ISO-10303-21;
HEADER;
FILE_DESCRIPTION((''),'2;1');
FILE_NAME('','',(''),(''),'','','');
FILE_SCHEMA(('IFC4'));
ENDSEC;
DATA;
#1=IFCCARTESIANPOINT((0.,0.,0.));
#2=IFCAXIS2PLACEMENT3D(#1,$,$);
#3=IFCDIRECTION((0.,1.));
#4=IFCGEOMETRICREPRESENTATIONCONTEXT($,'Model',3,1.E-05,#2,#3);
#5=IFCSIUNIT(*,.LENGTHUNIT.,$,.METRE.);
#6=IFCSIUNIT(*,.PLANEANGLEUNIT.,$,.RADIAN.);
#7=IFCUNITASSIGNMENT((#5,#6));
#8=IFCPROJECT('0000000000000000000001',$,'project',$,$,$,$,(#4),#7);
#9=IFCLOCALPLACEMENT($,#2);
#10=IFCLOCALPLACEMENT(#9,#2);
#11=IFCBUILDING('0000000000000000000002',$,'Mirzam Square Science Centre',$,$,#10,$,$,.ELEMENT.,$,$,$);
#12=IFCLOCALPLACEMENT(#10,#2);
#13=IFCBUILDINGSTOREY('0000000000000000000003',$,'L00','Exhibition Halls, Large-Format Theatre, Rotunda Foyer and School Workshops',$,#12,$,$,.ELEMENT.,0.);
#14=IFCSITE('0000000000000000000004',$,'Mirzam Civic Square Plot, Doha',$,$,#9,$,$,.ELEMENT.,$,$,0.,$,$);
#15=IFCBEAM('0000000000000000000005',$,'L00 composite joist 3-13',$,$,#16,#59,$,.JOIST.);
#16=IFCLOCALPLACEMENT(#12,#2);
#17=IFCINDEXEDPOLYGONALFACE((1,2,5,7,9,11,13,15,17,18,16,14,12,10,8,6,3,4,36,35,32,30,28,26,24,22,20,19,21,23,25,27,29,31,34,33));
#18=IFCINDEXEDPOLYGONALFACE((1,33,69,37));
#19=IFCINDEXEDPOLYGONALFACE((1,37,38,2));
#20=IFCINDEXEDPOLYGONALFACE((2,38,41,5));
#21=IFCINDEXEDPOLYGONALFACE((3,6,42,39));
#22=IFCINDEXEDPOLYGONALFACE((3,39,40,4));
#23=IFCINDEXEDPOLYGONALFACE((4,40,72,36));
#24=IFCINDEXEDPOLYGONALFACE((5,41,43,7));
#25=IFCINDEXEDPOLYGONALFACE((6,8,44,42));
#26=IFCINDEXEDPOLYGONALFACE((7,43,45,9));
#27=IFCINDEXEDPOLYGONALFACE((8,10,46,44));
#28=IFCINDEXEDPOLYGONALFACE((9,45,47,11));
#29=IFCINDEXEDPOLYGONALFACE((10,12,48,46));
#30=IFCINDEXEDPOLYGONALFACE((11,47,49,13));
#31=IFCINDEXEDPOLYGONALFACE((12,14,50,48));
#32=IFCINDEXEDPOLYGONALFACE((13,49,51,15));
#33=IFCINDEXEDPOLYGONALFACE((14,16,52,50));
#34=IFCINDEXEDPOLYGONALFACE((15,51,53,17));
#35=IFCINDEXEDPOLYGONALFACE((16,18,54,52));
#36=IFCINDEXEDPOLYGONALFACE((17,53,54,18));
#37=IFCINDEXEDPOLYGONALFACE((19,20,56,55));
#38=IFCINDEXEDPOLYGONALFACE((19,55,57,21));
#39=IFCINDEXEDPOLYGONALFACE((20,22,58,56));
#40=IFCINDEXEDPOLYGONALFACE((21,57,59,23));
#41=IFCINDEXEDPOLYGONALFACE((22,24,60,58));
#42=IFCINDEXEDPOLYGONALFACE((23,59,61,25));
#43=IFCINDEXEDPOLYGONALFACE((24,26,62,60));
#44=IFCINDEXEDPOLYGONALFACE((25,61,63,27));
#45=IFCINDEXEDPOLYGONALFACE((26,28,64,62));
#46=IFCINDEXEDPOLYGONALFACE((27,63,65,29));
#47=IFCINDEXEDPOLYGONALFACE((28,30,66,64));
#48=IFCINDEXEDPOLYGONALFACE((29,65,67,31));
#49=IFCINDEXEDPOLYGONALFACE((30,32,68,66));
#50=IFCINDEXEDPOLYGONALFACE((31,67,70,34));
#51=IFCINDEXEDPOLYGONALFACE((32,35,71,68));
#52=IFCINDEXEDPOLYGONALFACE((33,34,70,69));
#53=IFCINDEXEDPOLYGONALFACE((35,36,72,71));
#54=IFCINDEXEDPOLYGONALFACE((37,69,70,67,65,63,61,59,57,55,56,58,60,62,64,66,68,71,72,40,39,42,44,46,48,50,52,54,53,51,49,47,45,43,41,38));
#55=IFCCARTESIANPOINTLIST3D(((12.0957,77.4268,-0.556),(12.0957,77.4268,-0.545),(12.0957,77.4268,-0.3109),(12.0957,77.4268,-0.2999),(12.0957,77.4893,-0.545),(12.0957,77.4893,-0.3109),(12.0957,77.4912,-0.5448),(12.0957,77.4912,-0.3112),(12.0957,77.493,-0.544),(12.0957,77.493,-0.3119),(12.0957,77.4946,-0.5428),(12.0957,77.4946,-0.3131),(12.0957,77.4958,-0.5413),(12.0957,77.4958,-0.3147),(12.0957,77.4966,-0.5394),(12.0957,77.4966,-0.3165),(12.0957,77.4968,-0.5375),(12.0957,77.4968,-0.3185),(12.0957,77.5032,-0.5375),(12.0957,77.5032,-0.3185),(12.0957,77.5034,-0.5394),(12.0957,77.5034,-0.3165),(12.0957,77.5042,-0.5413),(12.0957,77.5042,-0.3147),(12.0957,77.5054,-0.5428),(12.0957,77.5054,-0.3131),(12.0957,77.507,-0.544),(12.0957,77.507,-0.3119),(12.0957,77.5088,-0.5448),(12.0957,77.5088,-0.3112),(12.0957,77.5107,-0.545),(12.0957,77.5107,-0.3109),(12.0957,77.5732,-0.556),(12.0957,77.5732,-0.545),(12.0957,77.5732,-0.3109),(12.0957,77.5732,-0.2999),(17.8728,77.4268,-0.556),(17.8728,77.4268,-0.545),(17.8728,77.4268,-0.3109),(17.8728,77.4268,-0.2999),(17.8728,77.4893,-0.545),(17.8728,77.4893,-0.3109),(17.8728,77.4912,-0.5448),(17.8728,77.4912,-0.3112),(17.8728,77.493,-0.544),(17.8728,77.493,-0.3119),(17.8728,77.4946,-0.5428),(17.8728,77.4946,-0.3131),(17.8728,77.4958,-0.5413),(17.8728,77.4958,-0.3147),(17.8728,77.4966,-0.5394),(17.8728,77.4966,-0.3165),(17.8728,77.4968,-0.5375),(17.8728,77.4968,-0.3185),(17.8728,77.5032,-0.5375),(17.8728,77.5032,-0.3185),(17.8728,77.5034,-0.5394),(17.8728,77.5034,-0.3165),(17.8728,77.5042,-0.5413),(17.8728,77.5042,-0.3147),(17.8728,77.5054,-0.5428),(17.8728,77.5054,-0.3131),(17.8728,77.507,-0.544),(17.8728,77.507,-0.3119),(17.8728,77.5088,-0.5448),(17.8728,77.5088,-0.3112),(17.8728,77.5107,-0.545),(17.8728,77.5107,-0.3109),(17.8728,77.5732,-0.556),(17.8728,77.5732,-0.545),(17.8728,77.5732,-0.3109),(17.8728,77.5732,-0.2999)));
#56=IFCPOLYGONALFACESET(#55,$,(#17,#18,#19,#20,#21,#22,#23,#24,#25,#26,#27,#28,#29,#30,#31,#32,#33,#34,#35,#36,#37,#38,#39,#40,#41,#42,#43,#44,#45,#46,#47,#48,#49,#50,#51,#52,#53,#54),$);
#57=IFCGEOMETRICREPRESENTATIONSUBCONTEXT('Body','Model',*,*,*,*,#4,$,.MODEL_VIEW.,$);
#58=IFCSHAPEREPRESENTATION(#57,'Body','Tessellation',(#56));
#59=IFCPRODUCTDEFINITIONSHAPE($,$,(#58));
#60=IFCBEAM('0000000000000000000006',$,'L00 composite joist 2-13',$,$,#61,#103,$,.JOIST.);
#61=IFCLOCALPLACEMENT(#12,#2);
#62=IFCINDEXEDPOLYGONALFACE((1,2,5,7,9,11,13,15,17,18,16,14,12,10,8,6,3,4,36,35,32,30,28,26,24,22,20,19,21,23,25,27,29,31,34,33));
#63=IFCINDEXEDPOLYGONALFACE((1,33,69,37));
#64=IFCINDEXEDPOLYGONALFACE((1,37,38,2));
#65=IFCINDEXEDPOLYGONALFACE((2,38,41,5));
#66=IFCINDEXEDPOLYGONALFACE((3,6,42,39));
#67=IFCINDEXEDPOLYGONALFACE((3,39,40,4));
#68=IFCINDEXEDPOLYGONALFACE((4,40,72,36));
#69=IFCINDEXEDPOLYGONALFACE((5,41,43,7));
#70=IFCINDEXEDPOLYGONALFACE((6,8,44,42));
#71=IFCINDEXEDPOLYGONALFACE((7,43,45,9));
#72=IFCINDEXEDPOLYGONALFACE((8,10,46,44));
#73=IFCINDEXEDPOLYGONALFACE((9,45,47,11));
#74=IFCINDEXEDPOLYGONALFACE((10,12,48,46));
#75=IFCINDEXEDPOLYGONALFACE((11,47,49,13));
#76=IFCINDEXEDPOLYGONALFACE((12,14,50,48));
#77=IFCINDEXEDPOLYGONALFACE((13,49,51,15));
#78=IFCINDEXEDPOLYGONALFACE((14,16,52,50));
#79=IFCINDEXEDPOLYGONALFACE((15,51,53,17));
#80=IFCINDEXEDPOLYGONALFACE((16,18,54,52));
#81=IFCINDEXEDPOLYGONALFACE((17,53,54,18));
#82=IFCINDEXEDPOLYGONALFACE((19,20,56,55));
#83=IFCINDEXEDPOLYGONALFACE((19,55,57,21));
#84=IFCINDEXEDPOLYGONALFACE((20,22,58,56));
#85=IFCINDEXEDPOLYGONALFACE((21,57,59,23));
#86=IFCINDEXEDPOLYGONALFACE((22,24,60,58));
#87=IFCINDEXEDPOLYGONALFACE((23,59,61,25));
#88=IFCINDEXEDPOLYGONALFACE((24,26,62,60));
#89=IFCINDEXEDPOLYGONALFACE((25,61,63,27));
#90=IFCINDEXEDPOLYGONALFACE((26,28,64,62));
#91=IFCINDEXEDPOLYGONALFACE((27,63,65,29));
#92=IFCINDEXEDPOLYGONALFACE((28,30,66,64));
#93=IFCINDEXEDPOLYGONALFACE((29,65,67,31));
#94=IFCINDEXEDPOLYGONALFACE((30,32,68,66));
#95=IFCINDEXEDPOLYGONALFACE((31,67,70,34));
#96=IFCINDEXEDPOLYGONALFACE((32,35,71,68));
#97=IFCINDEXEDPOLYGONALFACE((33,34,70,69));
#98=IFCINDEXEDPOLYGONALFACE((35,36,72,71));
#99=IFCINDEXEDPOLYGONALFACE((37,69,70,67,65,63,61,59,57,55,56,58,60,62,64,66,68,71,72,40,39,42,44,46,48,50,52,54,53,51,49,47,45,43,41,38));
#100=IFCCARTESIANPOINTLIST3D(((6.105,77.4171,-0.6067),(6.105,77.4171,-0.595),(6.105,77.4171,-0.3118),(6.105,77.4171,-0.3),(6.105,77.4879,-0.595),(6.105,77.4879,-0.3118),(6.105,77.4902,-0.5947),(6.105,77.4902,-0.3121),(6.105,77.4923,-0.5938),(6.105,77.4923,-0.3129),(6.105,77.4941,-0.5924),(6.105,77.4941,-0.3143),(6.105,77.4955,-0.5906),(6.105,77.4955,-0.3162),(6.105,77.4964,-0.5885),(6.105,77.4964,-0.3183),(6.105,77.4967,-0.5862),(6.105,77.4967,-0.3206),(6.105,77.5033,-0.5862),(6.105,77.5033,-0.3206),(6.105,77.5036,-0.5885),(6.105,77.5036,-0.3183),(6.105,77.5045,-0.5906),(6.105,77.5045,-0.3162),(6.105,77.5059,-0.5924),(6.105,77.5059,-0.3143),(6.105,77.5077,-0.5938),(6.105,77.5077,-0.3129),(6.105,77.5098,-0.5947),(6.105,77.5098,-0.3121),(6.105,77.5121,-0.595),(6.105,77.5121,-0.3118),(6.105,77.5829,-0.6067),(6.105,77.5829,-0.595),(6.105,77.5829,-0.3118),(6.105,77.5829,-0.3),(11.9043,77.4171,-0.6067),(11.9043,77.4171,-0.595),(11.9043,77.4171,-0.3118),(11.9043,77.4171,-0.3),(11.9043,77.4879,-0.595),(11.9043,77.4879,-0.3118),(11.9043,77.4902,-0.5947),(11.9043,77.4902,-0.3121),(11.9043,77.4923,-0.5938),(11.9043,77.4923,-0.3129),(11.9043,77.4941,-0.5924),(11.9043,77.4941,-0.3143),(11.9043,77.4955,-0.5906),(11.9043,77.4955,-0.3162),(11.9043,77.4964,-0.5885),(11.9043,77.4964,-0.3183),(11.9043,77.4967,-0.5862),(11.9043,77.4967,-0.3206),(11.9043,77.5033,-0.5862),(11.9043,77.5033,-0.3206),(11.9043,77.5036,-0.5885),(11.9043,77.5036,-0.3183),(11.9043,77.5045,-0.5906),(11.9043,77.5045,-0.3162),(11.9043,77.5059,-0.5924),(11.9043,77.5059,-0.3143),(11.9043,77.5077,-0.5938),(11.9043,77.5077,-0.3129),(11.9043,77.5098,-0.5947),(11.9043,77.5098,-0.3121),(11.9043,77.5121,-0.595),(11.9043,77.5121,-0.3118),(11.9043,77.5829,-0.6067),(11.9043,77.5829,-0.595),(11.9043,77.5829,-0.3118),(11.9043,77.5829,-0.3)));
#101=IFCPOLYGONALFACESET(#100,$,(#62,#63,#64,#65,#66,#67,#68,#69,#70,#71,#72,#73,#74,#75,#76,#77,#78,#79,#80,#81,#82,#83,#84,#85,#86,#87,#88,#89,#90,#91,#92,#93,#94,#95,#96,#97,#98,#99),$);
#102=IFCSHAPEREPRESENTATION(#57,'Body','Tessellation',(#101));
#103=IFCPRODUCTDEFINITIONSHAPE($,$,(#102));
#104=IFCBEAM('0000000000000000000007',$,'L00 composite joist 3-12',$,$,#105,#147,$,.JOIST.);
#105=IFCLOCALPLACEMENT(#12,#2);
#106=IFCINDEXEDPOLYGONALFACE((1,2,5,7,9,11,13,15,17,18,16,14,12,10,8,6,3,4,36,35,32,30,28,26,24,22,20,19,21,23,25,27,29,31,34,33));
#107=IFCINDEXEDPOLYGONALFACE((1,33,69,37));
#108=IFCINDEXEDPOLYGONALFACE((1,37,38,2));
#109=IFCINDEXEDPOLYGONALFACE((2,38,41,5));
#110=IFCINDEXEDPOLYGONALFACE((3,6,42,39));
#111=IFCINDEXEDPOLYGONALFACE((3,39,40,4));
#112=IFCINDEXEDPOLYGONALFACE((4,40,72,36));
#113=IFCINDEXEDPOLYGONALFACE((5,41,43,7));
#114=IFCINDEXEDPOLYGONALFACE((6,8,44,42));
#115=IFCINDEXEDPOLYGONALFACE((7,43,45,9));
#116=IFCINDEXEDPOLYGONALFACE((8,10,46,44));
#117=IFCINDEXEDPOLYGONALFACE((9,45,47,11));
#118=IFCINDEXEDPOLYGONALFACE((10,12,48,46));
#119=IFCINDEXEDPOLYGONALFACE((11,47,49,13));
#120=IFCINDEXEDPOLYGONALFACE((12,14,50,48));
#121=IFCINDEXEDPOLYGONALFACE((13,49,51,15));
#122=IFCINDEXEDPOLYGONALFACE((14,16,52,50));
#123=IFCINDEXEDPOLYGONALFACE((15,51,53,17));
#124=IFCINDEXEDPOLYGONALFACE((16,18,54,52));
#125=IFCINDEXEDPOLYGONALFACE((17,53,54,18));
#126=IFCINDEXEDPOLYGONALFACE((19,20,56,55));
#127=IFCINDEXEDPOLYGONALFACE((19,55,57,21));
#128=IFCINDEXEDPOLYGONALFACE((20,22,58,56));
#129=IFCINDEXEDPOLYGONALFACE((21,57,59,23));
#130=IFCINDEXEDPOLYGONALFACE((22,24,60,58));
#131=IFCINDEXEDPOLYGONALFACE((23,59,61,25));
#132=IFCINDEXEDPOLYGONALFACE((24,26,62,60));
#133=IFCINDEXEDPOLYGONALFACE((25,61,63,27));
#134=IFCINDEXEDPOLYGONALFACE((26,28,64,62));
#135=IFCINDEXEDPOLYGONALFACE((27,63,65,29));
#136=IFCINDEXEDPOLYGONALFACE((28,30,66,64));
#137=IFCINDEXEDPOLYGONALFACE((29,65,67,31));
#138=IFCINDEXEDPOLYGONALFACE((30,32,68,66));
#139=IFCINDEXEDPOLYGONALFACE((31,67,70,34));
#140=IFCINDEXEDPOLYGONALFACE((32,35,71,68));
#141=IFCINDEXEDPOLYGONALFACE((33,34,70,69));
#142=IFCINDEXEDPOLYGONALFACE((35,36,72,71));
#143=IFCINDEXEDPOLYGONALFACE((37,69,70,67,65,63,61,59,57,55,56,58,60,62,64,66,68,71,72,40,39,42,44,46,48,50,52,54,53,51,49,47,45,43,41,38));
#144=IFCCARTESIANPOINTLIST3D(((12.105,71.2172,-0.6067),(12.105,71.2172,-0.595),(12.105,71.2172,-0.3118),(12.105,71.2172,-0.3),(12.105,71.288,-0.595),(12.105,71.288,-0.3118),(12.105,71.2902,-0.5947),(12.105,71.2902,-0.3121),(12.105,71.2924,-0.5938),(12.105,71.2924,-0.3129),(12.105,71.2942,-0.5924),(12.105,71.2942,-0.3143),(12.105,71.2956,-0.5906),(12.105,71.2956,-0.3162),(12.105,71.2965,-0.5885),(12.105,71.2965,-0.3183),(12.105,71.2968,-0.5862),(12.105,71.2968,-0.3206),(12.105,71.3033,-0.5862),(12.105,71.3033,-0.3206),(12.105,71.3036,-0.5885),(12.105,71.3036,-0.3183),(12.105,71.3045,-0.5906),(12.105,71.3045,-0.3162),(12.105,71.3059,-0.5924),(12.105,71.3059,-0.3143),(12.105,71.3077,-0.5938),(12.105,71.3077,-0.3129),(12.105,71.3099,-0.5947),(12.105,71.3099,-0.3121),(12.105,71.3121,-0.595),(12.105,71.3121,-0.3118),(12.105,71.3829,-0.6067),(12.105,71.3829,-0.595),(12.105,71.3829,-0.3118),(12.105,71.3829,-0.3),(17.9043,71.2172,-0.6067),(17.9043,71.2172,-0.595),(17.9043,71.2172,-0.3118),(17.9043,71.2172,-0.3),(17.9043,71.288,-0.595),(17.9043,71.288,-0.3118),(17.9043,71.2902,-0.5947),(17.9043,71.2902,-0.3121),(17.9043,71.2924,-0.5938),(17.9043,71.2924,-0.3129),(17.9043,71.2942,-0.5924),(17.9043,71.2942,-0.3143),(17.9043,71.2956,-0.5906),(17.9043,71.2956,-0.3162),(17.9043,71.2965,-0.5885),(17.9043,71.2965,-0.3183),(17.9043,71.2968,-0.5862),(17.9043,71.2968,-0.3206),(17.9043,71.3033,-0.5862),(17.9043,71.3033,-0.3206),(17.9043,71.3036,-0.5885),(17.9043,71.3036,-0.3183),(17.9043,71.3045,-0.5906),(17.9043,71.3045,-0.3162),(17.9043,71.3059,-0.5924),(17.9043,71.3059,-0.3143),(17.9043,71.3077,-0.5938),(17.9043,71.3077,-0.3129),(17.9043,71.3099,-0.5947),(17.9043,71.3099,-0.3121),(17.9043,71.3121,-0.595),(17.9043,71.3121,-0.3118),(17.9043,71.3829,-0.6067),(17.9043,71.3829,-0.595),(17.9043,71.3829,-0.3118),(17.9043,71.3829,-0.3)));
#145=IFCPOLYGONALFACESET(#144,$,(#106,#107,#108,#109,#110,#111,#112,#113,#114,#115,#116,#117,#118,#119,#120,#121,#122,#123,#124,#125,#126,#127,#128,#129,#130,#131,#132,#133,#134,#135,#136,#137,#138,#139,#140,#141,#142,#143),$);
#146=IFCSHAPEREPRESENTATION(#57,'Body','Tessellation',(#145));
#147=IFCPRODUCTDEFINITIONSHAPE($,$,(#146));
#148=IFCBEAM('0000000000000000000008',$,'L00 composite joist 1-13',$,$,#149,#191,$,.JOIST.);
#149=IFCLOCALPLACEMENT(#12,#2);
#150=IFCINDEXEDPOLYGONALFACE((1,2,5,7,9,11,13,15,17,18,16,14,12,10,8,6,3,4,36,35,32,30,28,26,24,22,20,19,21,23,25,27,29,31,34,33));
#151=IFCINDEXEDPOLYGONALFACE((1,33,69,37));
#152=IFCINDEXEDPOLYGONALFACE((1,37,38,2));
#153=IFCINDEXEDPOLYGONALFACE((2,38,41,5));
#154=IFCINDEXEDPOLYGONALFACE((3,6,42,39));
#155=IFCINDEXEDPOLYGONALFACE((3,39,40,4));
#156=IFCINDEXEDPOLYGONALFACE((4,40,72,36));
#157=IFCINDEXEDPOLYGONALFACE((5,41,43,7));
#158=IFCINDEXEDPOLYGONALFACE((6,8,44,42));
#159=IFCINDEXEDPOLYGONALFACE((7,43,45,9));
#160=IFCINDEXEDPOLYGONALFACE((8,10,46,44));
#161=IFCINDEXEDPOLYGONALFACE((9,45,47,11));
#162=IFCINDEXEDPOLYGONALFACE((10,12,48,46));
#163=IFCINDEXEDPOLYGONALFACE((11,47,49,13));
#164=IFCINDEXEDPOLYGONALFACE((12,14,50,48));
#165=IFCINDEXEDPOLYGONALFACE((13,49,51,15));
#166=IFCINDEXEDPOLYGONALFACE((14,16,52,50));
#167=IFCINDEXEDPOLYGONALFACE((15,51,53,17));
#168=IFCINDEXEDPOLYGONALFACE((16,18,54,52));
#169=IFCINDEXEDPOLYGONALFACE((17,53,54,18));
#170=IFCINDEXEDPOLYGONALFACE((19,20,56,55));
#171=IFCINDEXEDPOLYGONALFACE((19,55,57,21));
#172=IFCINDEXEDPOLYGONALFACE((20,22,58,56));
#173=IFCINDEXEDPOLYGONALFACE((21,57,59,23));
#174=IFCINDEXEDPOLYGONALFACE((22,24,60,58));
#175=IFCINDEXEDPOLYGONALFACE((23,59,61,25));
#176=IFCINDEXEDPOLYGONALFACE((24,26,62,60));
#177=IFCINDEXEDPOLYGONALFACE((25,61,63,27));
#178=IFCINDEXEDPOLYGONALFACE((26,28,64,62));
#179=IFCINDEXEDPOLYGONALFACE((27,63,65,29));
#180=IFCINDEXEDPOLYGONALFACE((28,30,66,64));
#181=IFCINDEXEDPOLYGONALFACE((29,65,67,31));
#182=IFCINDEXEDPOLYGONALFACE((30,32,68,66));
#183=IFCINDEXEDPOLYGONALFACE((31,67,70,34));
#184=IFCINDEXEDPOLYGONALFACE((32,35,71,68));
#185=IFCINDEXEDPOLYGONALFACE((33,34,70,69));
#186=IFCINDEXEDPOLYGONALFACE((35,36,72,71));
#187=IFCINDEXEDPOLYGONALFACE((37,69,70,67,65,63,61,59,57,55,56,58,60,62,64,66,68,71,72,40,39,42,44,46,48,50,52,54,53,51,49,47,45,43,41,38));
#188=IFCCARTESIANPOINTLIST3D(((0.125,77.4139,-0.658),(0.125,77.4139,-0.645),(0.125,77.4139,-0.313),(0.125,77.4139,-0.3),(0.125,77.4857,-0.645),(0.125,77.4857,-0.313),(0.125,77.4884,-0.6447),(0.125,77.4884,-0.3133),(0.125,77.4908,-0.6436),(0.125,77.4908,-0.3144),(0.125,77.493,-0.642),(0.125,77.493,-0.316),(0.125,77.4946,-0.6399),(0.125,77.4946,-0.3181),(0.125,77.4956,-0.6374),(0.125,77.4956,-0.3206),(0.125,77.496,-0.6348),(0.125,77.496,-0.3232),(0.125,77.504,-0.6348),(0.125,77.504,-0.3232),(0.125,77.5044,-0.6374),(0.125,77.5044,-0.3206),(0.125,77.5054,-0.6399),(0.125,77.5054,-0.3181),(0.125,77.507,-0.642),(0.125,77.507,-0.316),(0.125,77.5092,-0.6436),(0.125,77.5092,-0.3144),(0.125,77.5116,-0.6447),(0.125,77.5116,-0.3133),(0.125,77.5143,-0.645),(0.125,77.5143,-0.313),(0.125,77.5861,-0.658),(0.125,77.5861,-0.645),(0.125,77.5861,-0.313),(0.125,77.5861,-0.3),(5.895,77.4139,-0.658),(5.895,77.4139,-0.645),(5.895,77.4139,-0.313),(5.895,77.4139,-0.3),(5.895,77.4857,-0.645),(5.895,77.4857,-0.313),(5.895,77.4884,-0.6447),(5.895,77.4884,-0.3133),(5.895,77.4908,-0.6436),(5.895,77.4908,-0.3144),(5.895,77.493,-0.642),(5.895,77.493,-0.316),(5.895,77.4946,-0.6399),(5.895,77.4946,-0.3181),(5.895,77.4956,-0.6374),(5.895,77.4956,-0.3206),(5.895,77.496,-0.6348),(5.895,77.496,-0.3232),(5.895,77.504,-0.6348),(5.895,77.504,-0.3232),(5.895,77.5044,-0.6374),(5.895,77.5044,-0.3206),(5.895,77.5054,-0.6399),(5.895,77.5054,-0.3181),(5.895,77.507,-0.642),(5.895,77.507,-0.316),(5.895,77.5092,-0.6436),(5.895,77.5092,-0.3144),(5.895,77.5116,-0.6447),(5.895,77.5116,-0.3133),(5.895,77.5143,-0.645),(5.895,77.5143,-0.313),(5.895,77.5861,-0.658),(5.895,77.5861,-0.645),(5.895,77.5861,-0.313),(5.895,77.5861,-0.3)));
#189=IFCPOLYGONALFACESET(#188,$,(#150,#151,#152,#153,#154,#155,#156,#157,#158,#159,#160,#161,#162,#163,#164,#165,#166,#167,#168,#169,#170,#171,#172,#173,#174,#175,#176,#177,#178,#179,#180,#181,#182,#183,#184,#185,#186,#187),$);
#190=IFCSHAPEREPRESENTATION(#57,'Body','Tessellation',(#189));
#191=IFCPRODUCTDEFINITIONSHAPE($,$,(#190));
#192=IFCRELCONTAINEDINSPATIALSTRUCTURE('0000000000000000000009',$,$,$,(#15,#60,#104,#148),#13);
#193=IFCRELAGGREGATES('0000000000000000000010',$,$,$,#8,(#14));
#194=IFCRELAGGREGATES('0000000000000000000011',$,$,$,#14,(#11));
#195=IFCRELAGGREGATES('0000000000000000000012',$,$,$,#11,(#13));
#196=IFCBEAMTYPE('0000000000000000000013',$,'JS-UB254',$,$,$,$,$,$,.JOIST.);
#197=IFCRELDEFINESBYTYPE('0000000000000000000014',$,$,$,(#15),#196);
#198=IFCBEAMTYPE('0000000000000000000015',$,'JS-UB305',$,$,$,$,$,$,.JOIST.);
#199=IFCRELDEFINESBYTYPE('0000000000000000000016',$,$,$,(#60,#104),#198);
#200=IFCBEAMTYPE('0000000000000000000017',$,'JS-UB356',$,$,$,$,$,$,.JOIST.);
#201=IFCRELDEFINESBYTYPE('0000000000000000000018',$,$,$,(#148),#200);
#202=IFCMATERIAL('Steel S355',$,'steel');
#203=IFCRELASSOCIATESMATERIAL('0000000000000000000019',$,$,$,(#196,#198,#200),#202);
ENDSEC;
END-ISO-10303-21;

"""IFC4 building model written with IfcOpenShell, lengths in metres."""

from ifc_helpers import new_model, si_unit, direction, frame, origin, origin_2d, place, context, subcontext, project, spatial, i_section, extrude, material, material_profile, profile_set, type_object, element, save


model = new_model("IFC4")

# Units and contexts
model_context = context("Model", 3, precision=1e-05, world=origin(), true_north=direction((0.0, 1.0)))
body_context = subcontext(model_context, "Body", "Model", "MODEL_VIEW")
ifc_project = project(units=[si_unit("LENGTHUNIT", "METRE"), si_unit("PLANEANGLEUNIT", "RADIAN")], contexts=[model_context])

# Site, building, storey
site_placement = place(None, origin())
site = spatial("IfcSite", under=ifc_project, at=site_placement, Name="Mirzam Civic Square Plot, Doha", CompositionType="ELEMENT", RefElevation=0.0)
building_placement = place(site_placement, origin())
building = spatial("IfcBuilding", under=site, at=building_placement, Name="Mirzam Square Science Centre", CompositionType="ELEMENT")
storey_placement = place(building_placement, origin())
storey = spatial("IfcBuildingStorey", under=building, at=storey_placement, Name="L00", Description="Exhibition Halls, Large-Format Theatre, Rotunda Foyer and School Workshops", CompositionType="ELEMENT", Elevation=0.0)

# Shared definitions
ifc_material_1 = material(Name="Steel S355", Category="steel")

# Beams
ifc_material_profile_1 = material_profile(ifc_material_1, i_section(OverallWidth=0.1465, OverallDepth=0.2561, WebThickness=0.0063, FlangeThickness=0.011, FilletRadius=0.0076, at=origin_2d()), Name="254x146x37UB")
ifc_profile_set_1 = profile_set([ifc_material_profile_1], Name="Steel S355")
beam_type_1 = type_object("IfcBeamType", Name="JS-UB254", PredefinedType="JOIST", material=ifc_profile_set_1)
beam_1_placement = place(storey_placement, frame((12.0957, 77.5, -0.428), z_axis=(1.0, 0.0, 0.0), x_axis=(0.0, 1.0, 0.0)))
element("IfcBeam", 1, at=beam_1_placement, inside=storey, type_object=beam_type_1, Name="L00 composite joist 3-13", PredefinedType="JOIST", context=body_context, shape_type="SweptSolid", body=[
    extrude(i_section(OverallWidth=0.1465, OverallDepth=0.2561, WebThickness=0.0063, FlangeThickness=0.011, FilletRadius=0.0076, at=origin_2d()), origin(), (0.0, 0.0, 1.0), 5.7771),
])
ifc_material_profile_2 = material_profile(ifc_material_1, i_section(OverallWidth=0.1658, OverallDepth=0.3066, WebThickness=0.0066, FlangeThickness=0.0117, FilletRadius=0.0088, at=origin_2d()), Name="305x165x46UB")
ifc_profile_set_2 = profile_set([ifc_material_profile_2], Name="Steel S355")
beam_type_2 = type_object("IfcBeamType", Name="JS-UB305", PredefinedType="JOIST", material=ifc_profile_set_2)
for number, where, z_axis, x_axis, name in (
    (2, (6.105, 77.5, -0.4534), (1.0, 0.0, 0.0), (0.0, 1.0, 0.0), "L00 composite joist 2-13"),
    (3, (12.105, 71.3, -0.4534), (1.0, 0.0, 0.0), (0.0, 1.0, 0.0), "L00 composite joist 3-12"),
):
    element("IfcBeam", number, at=place(storey_placement, frame(where, z_axis=z_axis, x_axis=x_axis)), inside=storey, type_object=beam_type_2, Name=name, PredefinedType="JOIST", context=body_context, shape_type="SweptSolid", body=[
        extrude(i_section(OverallWidth=0.1658, OverallDepth=0.3066, WebThickness=0.0066, FlangeThickness=0.0117, FilletRadius=0.0088, at=origin_2d()), origin(), (0.0, 0.0, 1.0), 5.7993),
    ])
ifc_material_profile_3 = material_profile(ifc_material_1, i_section(OverallWidth=0.1721, OverallDepth=0.3579, WebThickness=0.0081, FlangeThickness=0.0129, FilletRadius=0.0103, at=origin_2d()), Name="356x171x57UB")
ifc_profile_set_3 = profile_set([ifc_material_profile_3], Name="Steel S355")
beam_type_3 = type_object("IfcBeamType", Name="JS-UB356", PredefinedType="JOIST", material=ifc_profile_set_3)
beam_2_placement = place(storey_placement, frame((0.125, 77.5, -0.479), z_axis=(1.0, 0.0, 0.0), x_axis=(0.0, 1.0, 0.0)))
element("IfcBeam", 4, at=beam_2_placement, inside=storey, type_object=beam_type_3, Name="L00 composite joist 1-13", PredefinedType="JOIST", context=body_context, shape_type="SweptSolid", body=[
    extrude(i_section(OverallWidth=0.1721, OverallDepth=0.3579, WebThickness=0.0081, FlangeThickness=0.0129, FilletRadius=0.0103, at=origin_2d()), origin(), (0.0, 0.0, 1.0), 5.77),
])

save(model, "model.ifc")
